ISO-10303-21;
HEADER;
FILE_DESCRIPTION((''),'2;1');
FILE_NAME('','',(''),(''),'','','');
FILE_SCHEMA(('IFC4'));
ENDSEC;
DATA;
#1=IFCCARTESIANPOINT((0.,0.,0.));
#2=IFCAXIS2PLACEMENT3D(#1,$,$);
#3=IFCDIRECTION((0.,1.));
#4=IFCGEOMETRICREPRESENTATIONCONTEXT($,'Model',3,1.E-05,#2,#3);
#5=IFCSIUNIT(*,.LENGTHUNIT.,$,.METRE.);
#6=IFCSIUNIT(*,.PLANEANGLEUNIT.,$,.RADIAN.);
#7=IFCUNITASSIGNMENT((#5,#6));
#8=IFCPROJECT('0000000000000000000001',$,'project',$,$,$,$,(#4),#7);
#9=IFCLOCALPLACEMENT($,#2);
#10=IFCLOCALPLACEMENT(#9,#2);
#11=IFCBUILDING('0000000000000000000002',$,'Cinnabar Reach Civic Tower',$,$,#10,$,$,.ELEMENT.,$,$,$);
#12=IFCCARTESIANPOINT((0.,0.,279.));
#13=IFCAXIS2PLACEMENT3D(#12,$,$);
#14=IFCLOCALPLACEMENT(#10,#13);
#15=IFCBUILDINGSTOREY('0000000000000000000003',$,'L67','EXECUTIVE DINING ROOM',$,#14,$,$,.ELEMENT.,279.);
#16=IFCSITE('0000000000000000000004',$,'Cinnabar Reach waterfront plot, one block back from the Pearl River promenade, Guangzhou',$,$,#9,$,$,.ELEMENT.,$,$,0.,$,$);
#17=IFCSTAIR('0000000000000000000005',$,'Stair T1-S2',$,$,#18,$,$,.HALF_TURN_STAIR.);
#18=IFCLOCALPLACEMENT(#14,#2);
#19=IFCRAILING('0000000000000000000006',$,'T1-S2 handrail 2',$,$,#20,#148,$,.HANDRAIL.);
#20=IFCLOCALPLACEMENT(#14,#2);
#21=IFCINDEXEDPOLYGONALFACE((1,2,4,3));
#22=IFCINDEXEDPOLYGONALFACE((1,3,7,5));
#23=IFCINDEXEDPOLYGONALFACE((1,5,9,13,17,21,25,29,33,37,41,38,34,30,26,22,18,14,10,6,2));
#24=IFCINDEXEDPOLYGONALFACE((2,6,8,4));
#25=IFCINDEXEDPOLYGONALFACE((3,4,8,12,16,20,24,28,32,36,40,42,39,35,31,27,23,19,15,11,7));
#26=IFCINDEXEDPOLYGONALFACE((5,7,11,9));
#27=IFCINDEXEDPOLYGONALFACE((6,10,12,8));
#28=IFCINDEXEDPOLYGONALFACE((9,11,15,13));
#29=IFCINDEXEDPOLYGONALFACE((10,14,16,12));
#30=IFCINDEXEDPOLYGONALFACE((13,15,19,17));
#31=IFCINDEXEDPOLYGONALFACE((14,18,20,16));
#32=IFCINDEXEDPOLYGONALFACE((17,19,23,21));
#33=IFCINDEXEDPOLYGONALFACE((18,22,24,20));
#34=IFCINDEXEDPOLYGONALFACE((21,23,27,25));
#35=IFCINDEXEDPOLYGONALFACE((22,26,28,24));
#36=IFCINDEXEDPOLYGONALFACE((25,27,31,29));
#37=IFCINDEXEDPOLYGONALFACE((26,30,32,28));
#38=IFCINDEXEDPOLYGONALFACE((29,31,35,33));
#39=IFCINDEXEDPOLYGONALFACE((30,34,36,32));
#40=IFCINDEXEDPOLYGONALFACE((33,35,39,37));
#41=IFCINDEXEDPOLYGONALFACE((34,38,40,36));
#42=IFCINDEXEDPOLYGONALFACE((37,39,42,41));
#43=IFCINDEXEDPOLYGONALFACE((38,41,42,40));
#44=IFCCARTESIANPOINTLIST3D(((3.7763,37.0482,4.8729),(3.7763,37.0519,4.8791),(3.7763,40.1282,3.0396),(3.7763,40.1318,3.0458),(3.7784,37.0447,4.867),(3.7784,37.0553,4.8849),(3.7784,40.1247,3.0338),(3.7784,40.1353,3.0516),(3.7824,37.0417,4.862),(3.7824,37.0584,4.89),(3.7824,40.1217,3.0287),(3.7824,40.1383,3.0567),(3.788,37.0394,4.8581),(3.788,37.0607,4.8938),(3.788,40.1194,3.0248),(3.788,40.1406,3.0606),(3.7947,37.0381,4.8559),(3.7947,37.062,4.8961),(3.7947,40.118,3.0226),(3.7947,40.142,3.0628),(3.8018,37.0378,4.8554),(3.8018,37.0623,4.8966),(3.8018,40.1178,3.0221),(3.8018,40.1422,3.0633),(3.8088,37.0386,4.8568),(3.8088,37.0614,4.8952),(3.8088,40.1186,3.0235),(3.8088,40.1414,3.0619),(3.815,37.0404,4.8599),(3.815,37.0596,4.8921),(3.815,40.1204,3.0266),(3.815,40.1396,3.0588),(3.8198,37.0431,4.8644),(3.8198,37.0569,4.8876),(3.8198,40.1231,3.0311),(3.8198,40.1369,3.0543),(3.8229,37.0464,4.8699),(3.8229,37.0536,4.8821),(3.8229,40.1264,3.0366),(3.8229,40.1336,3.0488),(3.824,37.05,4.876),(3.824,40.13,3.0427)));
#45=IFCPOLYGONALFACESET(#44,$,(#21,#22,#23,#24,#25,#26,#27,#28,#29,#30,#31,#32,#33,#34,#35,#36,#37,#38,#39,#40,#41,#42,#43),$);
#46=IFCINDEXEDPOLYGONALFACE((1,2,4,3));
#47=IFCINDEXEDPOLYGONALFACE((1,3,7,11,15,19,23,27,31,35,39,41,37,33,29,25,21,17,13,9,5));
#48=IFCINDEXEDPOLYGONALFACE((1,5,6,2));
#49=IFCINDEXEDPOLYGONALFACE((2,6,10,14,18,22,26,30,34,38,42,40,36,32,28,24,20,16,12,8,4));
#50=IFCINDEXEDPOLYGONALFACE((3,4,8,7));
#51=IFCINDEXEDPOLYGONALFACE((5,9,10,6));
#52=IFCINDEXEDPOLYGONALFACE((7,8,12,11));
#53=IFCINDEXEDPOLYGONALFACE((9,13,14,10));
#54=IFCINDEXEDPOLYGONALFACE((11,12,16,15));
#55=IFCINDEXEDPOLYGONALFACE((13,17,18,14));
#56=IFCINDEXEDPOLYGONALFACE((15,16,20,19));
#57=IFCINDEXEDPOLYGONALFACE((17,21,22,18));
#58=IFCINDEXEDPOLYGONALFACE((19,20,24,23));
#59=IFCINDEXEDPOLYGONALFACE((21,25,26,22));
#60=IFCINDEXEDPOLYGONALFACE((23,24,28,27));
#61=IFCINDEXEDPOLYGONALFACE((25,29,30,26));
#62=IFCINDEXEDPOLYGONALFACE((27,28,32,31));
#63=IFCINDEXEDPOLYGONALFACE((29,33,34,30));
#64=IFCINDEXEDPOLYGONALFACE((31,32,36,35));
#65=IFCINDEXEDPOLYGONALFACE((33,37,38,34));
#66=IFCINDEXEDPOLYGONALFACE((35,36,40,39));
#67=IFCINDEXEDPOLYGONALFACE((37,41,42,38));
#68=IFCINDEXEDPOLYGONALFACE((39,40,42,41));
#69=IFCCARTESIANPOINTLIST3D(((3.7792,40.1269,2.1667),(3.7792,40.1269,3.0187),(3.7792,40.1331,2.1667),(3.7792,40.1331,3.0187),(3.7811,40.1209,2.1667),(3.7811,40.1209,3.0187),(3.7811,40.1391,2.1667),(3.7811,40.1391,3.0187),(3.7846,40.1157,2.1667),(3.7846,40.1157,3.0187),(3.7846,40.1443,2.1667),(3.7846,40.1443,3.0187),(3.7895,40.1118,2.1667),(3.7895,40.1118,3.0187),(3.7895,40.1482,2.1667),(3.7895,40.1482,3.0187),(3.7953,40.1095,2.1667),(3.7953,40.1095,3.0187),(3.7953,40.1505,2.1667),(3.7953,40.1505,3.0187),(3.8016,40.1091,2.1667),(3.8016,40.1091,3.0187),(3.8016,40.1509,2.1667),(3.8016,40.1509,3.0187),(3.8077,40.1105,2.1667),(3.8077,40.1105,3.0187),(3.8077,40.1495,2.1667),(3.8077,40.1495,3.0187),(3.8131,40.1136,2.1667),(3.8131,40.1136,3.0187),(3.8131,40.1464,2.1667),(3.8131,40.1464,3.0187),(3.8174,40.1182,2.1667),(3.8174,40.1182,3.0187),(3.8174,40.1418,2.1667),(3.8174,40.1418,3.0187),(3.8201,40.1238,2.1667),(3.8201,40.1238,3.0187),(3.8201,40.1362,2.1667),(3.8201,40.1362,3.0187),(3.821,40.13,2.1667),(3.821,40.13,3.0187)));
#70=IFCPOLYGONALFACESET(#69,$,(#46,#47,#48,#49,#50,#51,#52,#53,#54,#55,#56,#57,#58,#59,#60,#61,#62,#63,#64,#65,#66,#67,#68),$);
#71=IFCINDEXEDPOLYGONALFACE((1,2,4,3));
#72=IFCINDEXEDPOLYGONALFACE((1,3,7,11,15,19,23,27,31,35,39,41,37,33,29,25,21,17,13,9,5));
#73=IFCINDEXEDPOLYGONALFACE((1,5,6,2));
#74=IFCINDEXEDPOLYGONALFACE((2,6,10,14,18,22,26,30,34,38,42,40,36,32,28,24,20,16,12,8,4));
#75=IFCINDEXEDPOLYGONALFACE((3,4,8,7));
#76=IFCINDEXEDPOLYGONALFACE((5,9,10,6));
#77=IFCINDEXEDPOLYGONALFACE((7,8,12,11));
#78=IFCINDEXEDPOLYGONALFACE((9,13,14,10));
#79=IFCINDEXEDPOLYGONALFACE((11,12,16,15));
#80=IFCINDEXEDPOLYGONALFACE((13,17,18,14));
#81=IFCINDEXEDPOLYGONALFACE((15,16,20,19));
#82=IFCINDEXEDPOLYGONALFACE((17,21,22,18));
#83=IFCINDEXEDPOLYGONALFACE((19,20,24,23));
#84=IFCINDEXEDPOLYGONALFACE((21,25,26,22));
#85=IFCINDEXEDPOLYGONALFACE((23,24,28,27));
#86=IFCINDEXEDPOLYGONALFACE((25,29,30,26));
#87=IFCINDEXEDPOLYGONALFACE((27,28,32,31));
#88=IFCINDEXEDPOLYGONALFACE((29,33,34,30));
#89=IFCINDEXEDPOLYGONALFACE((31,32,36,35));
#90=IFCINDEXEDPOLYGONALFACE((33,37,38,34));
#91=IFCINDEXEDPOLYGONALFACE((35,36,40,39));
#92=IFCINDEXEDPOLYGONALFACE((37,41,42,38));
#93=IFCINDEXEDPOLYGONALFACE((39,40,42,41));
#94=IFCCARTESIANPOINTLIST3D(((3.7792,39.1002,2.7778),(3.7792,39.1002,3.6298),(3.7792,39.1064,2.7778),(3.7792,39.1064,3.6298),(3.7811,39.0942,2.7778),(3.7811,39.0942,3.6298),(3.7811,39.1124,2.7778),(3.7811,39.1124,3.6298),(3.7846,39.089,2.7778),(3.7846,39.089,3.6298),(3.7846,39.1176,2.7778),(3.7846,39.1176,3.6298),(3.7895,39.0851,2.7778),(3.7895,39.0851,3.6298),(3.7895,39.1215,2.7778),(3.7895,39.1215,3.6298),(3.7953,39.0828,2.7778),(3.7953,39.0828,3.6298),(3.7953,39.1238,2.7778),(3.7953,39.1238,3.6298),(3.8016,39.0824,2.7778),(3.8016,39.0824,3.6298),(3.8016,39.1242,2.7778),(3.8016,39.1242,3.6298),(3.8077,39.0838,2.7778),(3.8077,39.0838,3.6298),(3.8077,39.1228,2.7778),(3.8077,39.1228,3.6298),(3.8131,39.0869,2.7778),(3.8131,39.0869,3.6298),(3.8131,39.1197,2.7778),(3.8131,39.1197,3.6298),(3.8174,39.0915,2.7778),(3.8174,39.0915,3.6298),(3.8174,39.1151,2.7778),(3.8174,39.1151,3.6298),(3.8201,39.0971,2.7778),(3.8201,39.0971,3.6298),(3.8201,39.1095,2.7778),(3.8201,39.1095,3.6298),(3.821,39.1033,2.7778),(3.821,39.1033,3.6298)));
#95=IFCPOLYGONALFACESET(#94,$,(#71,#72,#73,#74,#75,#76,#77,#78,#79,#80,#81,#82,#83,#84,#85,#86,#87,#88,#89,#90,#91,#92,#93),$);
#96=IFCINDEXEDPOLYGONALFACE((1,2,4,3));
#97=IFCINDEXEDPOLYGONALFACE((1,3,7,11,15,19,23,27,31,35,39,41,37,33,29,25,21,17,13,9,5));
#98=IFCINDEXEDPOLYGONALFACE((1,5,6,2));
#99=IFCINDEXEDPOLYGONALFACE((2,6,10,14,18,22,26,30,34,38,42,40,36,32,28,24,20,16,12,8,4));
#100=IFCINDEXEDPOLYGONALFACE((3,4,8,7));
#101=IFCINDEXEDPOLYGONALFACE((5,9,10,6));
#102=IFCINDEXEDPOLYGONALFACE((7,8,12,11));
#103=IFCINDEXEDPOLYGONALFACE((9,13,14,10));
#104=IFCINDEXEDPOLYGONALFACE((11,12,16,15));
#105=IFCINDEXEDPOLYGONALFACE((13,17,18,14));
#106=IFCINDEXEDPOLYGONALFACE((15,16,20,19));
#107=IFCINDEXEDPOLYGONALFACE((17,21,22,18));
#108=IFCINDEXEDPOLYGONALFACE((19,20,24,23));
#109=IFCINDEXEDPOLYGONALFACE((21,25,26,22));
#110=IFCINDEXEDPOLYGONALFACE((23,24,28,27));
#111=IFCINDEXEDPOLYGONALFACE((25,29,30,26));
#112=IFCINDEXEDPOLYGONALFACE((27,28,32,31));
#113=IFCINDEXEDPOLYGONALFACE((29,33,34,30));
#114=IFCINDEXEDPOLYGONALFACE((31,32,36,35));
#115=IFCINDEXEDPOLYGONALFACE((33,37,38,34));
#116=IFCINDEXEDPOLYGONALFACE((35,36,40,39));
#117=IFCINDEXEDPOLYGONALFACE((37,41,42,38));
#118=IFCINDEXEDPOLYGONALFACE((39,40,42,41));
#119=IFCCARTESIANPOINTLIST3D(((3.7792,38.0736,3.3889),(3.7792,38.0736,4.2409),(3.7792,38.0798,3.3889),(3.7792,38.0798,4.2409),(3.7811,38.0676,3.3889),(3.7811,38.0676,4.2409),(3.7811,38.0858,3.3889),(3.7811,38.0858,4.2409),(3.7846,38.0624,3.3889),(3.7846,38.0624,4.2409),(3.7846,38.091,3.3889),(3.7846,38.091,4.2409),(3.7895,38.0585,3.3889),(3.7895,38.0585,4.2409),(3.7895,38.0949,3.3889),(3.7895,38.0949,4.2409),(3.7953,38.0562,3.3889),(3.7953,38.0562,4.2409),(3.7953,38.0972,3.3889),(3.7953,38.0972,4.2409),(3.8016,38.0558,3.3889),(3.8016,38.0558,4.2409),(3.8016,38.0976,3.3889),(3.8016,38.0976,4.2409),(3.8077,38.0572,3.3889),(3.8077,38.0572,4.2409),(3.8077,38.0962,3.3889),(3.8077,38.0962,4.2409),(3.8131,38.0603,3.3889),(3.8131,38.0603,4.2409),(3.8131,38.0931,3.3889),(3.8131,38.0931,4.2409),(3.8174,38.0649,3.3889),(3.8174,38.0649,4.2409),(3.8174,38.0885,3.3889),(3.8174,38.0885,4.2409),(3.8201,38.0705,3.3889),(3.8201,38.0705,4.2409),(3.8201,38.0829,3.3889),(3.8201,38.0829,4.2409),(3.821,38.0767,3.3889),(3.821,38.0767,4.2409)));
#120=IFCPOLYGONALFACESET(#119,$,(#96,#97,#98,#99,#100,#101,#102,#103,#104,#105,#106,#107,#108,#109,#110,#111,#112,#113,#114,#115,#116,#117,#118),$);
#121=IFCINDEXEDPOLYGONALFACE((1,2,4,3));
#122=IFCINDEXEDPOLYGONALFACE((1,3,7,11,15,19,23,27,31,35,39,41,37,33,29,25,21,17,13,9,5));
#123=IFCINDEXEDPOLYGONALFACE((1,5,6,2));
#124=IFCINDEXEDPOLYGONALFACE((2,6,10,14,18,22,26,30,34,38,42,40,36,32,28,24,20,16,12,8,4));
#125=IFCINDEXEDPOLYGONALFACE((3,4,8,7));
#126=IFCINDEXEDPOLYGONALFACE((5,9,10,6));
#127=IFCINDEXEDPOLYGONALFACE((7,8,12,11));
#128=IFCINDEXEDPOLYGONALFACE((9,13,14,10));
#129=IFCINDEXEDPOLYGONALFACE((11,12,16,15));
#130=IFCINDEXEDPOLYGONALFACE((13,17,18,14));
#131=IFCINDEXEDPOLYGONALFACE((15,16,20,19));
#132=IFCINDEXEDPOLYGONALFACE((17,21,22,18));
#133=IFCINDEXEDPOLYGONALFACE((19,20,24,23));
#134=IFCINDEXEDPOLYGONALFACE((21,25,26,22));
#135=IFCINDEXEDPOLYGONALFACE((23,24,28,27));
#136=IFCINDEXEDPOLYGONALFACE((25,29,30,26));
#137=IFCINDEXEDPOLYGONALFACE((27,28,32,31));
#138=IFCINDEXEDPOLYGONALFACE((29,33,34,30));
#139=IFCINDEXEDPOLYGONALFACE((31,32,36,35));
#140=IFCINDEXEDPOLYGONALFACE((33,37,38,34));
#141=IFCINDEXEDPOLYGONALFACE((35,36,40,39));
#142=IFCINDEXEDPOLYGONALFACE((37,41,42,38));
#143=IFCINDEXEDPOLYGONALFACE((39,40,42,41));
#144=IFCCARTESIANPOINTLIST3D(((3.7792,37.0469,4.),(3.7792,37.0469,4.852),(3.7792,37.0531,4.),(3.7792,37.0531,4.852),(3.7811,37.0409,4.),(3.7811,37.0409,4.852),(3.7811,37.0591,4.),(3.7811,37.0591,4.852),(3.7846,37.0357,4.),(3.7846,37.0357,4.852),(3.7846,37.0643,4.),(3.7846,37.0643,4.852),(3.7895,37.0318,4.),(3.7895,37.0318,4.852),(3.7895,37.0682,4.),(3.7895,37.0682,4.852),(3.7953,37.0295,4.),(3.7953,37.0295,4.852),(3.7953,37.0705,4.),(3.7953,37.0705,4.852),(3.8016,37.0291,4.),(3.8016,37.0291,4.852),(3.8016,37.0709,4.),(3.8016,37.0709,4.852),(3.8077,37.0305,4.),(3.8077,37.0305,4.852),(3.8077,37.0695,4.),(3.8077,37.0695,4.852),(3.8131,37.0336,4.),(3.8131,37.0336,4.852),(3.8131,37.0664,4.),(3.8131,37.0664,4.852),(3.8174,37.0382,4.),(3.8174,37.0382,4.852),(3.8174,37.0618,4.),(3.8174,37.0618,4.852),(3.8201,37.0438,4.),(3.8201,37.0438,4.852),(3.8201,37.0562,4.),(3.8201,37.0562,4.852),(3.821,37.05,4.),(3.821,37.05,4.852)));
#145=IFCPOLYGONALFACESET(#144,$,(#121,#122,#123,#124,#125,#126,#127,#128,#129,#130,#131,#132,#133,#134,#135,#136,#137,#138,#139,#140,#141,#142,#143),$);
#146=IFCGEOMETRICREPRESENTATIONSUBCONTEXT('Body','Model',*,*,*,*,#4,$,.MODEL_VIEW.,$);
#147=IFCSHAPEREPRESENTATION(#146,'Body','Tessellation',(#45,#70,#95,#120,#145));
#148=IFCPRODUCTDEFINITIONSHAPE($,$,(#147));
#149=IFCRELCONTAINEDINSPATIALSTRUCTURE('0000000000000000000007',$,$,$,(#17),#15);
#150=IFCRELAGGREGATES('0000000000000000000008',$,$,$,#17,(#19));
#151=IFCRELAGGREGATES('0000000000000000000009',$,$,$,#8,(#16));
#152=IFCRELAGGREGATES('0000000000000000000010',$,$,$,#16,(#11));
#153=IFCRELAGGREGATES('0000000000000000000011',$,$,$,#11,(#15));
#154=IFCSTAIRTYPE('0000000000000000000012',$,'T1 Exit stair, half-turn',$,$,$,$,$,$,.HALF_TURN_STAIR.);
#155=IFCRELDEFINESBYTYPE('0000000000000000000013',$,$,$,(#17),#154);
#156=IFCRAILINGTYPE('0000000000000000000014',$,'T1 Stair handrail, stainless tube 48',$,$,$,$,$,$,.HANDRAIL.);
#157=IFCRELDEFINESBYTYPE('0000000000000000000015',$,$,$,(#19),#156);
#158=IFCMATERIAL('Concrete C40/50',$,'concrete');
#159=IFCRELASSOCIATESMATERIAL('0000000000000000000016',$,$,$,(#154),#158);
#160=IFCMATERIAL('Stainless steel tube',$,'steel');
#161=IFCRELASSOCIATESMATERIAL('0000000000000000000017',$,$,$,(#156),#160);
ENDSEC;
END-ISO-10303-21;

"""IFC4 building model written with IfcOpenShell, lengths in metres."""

from ifc_helpers import new_model, si_unit, direction, frame, origin, origin_2d, place, context, subcontext, project, spatial, circle, extrude, material, type_object, element, aggregate, save


model = new_model("IFC4")

# Units and contexts
model_context = context("Model", 3, precision=1e-05, world=origin(), true_north=direction((0.0, 1.0)))
body_context = subcontext(model_context, "Body", "Model", "MODEL_VIEW")
ifc_project = project(units=[si_unit("LENGTHUNIT", "METRE"), si_unit("PLANEANGLEUNIT", "RADIAN")], contexts=[model_context])

# Site, building, storey
site_placement = place(None, origin())
site = spatial("IfcSite", under=ifc_project, at=site_placement, Name="Cinnabar Reach waterfront plot, one block back from the Pearl River promenade, Guangzhou", CompositionType="ELEMENT", RefElevation=0.0)
building_placement = place(site_placement, origin())
building = spatial("IfcBuilding", under=site, at=building_placement, Name="Cinnabar Reach Civic Tower", CompositionType="ELEMENT")
storey_placement = place(building_placement, frame((0.0, 0.0, 279.0)))
storey = spatial("IfcBuildingStorey", under=building, at=storey_placement, Name="L67", Description="EXECUTIVE DINING ROOM", CompositionType="ELEMENT", Elevation=279.0)

# Shared definitions
ifc_material_1 = material(Name="Concrete C40/50", Category="concrete")

# Stair, railing
stair_type = type_object("IfcStairType", Name="T1 Exit stair, half-turn", PredefinedType="HALF_TURN_STAIR", material=ifc_material_1)
stair_placement = place(storey_placement, origin())
stair = element("IfcStair", 1, at=stair_placement, inside=storey, type_object=stair_type, Name="Stair T1-S2", PredefinedType="HALF_TURN_STAIR")
ifc_material_2 = material(Name="Stainless steel tube", Category="steel")
railing_type = type_object("IfcRailingType", Name="T1 Stair handrail, stainless tube 48", PredefinedType="HANDRAIL", material=ifc_material_2)
railing_1_placement = place(storey_placement, frame((3.8, 40.13, 2.1667)))
railing_1 = element("IfcRailing", 2, at=railing_1_placement, type_object=railing_type, Name="T1-S2 handrail 2", PredefinedType="HANDRAIL", context=body_context, shape_type="SweptSolid", body=[
    extrude(circle(Radius=0.024, at=origin_2d()), frame((0.0, 0.0, 0.876), z_axis=(0.0, -0.859297, 0.511477), x_axis=(1.0, 0.0, 0.0)), (0.0, 0.0, 1.0), 3.5843),
    extrude(circle(Radius=0.021, at=origin_2d()), origin(), (0.0, 0.0, 1.0), 0.852),
    extrude(circle(Radius=0.021, at=origin_2d()), frame((0.0, -1.0267, 0.6111)), (0.0, 0.0, 1.0), 0.852),
    extrude(circle(Radius=0.021, at=origin_2d()), frame((0.0, -2.0533, 1.2222)), (0.0, 0.0, 1.0), 0.852),
    extrude(circle(Radius=0.021, at=origin_2d()), frame((0.0, -3.08, 1.8333)), (0.0, 0.0, 1.0), 0.852),
])
aggregate(stair, [railing_1])

save(model, "model.ifc")
